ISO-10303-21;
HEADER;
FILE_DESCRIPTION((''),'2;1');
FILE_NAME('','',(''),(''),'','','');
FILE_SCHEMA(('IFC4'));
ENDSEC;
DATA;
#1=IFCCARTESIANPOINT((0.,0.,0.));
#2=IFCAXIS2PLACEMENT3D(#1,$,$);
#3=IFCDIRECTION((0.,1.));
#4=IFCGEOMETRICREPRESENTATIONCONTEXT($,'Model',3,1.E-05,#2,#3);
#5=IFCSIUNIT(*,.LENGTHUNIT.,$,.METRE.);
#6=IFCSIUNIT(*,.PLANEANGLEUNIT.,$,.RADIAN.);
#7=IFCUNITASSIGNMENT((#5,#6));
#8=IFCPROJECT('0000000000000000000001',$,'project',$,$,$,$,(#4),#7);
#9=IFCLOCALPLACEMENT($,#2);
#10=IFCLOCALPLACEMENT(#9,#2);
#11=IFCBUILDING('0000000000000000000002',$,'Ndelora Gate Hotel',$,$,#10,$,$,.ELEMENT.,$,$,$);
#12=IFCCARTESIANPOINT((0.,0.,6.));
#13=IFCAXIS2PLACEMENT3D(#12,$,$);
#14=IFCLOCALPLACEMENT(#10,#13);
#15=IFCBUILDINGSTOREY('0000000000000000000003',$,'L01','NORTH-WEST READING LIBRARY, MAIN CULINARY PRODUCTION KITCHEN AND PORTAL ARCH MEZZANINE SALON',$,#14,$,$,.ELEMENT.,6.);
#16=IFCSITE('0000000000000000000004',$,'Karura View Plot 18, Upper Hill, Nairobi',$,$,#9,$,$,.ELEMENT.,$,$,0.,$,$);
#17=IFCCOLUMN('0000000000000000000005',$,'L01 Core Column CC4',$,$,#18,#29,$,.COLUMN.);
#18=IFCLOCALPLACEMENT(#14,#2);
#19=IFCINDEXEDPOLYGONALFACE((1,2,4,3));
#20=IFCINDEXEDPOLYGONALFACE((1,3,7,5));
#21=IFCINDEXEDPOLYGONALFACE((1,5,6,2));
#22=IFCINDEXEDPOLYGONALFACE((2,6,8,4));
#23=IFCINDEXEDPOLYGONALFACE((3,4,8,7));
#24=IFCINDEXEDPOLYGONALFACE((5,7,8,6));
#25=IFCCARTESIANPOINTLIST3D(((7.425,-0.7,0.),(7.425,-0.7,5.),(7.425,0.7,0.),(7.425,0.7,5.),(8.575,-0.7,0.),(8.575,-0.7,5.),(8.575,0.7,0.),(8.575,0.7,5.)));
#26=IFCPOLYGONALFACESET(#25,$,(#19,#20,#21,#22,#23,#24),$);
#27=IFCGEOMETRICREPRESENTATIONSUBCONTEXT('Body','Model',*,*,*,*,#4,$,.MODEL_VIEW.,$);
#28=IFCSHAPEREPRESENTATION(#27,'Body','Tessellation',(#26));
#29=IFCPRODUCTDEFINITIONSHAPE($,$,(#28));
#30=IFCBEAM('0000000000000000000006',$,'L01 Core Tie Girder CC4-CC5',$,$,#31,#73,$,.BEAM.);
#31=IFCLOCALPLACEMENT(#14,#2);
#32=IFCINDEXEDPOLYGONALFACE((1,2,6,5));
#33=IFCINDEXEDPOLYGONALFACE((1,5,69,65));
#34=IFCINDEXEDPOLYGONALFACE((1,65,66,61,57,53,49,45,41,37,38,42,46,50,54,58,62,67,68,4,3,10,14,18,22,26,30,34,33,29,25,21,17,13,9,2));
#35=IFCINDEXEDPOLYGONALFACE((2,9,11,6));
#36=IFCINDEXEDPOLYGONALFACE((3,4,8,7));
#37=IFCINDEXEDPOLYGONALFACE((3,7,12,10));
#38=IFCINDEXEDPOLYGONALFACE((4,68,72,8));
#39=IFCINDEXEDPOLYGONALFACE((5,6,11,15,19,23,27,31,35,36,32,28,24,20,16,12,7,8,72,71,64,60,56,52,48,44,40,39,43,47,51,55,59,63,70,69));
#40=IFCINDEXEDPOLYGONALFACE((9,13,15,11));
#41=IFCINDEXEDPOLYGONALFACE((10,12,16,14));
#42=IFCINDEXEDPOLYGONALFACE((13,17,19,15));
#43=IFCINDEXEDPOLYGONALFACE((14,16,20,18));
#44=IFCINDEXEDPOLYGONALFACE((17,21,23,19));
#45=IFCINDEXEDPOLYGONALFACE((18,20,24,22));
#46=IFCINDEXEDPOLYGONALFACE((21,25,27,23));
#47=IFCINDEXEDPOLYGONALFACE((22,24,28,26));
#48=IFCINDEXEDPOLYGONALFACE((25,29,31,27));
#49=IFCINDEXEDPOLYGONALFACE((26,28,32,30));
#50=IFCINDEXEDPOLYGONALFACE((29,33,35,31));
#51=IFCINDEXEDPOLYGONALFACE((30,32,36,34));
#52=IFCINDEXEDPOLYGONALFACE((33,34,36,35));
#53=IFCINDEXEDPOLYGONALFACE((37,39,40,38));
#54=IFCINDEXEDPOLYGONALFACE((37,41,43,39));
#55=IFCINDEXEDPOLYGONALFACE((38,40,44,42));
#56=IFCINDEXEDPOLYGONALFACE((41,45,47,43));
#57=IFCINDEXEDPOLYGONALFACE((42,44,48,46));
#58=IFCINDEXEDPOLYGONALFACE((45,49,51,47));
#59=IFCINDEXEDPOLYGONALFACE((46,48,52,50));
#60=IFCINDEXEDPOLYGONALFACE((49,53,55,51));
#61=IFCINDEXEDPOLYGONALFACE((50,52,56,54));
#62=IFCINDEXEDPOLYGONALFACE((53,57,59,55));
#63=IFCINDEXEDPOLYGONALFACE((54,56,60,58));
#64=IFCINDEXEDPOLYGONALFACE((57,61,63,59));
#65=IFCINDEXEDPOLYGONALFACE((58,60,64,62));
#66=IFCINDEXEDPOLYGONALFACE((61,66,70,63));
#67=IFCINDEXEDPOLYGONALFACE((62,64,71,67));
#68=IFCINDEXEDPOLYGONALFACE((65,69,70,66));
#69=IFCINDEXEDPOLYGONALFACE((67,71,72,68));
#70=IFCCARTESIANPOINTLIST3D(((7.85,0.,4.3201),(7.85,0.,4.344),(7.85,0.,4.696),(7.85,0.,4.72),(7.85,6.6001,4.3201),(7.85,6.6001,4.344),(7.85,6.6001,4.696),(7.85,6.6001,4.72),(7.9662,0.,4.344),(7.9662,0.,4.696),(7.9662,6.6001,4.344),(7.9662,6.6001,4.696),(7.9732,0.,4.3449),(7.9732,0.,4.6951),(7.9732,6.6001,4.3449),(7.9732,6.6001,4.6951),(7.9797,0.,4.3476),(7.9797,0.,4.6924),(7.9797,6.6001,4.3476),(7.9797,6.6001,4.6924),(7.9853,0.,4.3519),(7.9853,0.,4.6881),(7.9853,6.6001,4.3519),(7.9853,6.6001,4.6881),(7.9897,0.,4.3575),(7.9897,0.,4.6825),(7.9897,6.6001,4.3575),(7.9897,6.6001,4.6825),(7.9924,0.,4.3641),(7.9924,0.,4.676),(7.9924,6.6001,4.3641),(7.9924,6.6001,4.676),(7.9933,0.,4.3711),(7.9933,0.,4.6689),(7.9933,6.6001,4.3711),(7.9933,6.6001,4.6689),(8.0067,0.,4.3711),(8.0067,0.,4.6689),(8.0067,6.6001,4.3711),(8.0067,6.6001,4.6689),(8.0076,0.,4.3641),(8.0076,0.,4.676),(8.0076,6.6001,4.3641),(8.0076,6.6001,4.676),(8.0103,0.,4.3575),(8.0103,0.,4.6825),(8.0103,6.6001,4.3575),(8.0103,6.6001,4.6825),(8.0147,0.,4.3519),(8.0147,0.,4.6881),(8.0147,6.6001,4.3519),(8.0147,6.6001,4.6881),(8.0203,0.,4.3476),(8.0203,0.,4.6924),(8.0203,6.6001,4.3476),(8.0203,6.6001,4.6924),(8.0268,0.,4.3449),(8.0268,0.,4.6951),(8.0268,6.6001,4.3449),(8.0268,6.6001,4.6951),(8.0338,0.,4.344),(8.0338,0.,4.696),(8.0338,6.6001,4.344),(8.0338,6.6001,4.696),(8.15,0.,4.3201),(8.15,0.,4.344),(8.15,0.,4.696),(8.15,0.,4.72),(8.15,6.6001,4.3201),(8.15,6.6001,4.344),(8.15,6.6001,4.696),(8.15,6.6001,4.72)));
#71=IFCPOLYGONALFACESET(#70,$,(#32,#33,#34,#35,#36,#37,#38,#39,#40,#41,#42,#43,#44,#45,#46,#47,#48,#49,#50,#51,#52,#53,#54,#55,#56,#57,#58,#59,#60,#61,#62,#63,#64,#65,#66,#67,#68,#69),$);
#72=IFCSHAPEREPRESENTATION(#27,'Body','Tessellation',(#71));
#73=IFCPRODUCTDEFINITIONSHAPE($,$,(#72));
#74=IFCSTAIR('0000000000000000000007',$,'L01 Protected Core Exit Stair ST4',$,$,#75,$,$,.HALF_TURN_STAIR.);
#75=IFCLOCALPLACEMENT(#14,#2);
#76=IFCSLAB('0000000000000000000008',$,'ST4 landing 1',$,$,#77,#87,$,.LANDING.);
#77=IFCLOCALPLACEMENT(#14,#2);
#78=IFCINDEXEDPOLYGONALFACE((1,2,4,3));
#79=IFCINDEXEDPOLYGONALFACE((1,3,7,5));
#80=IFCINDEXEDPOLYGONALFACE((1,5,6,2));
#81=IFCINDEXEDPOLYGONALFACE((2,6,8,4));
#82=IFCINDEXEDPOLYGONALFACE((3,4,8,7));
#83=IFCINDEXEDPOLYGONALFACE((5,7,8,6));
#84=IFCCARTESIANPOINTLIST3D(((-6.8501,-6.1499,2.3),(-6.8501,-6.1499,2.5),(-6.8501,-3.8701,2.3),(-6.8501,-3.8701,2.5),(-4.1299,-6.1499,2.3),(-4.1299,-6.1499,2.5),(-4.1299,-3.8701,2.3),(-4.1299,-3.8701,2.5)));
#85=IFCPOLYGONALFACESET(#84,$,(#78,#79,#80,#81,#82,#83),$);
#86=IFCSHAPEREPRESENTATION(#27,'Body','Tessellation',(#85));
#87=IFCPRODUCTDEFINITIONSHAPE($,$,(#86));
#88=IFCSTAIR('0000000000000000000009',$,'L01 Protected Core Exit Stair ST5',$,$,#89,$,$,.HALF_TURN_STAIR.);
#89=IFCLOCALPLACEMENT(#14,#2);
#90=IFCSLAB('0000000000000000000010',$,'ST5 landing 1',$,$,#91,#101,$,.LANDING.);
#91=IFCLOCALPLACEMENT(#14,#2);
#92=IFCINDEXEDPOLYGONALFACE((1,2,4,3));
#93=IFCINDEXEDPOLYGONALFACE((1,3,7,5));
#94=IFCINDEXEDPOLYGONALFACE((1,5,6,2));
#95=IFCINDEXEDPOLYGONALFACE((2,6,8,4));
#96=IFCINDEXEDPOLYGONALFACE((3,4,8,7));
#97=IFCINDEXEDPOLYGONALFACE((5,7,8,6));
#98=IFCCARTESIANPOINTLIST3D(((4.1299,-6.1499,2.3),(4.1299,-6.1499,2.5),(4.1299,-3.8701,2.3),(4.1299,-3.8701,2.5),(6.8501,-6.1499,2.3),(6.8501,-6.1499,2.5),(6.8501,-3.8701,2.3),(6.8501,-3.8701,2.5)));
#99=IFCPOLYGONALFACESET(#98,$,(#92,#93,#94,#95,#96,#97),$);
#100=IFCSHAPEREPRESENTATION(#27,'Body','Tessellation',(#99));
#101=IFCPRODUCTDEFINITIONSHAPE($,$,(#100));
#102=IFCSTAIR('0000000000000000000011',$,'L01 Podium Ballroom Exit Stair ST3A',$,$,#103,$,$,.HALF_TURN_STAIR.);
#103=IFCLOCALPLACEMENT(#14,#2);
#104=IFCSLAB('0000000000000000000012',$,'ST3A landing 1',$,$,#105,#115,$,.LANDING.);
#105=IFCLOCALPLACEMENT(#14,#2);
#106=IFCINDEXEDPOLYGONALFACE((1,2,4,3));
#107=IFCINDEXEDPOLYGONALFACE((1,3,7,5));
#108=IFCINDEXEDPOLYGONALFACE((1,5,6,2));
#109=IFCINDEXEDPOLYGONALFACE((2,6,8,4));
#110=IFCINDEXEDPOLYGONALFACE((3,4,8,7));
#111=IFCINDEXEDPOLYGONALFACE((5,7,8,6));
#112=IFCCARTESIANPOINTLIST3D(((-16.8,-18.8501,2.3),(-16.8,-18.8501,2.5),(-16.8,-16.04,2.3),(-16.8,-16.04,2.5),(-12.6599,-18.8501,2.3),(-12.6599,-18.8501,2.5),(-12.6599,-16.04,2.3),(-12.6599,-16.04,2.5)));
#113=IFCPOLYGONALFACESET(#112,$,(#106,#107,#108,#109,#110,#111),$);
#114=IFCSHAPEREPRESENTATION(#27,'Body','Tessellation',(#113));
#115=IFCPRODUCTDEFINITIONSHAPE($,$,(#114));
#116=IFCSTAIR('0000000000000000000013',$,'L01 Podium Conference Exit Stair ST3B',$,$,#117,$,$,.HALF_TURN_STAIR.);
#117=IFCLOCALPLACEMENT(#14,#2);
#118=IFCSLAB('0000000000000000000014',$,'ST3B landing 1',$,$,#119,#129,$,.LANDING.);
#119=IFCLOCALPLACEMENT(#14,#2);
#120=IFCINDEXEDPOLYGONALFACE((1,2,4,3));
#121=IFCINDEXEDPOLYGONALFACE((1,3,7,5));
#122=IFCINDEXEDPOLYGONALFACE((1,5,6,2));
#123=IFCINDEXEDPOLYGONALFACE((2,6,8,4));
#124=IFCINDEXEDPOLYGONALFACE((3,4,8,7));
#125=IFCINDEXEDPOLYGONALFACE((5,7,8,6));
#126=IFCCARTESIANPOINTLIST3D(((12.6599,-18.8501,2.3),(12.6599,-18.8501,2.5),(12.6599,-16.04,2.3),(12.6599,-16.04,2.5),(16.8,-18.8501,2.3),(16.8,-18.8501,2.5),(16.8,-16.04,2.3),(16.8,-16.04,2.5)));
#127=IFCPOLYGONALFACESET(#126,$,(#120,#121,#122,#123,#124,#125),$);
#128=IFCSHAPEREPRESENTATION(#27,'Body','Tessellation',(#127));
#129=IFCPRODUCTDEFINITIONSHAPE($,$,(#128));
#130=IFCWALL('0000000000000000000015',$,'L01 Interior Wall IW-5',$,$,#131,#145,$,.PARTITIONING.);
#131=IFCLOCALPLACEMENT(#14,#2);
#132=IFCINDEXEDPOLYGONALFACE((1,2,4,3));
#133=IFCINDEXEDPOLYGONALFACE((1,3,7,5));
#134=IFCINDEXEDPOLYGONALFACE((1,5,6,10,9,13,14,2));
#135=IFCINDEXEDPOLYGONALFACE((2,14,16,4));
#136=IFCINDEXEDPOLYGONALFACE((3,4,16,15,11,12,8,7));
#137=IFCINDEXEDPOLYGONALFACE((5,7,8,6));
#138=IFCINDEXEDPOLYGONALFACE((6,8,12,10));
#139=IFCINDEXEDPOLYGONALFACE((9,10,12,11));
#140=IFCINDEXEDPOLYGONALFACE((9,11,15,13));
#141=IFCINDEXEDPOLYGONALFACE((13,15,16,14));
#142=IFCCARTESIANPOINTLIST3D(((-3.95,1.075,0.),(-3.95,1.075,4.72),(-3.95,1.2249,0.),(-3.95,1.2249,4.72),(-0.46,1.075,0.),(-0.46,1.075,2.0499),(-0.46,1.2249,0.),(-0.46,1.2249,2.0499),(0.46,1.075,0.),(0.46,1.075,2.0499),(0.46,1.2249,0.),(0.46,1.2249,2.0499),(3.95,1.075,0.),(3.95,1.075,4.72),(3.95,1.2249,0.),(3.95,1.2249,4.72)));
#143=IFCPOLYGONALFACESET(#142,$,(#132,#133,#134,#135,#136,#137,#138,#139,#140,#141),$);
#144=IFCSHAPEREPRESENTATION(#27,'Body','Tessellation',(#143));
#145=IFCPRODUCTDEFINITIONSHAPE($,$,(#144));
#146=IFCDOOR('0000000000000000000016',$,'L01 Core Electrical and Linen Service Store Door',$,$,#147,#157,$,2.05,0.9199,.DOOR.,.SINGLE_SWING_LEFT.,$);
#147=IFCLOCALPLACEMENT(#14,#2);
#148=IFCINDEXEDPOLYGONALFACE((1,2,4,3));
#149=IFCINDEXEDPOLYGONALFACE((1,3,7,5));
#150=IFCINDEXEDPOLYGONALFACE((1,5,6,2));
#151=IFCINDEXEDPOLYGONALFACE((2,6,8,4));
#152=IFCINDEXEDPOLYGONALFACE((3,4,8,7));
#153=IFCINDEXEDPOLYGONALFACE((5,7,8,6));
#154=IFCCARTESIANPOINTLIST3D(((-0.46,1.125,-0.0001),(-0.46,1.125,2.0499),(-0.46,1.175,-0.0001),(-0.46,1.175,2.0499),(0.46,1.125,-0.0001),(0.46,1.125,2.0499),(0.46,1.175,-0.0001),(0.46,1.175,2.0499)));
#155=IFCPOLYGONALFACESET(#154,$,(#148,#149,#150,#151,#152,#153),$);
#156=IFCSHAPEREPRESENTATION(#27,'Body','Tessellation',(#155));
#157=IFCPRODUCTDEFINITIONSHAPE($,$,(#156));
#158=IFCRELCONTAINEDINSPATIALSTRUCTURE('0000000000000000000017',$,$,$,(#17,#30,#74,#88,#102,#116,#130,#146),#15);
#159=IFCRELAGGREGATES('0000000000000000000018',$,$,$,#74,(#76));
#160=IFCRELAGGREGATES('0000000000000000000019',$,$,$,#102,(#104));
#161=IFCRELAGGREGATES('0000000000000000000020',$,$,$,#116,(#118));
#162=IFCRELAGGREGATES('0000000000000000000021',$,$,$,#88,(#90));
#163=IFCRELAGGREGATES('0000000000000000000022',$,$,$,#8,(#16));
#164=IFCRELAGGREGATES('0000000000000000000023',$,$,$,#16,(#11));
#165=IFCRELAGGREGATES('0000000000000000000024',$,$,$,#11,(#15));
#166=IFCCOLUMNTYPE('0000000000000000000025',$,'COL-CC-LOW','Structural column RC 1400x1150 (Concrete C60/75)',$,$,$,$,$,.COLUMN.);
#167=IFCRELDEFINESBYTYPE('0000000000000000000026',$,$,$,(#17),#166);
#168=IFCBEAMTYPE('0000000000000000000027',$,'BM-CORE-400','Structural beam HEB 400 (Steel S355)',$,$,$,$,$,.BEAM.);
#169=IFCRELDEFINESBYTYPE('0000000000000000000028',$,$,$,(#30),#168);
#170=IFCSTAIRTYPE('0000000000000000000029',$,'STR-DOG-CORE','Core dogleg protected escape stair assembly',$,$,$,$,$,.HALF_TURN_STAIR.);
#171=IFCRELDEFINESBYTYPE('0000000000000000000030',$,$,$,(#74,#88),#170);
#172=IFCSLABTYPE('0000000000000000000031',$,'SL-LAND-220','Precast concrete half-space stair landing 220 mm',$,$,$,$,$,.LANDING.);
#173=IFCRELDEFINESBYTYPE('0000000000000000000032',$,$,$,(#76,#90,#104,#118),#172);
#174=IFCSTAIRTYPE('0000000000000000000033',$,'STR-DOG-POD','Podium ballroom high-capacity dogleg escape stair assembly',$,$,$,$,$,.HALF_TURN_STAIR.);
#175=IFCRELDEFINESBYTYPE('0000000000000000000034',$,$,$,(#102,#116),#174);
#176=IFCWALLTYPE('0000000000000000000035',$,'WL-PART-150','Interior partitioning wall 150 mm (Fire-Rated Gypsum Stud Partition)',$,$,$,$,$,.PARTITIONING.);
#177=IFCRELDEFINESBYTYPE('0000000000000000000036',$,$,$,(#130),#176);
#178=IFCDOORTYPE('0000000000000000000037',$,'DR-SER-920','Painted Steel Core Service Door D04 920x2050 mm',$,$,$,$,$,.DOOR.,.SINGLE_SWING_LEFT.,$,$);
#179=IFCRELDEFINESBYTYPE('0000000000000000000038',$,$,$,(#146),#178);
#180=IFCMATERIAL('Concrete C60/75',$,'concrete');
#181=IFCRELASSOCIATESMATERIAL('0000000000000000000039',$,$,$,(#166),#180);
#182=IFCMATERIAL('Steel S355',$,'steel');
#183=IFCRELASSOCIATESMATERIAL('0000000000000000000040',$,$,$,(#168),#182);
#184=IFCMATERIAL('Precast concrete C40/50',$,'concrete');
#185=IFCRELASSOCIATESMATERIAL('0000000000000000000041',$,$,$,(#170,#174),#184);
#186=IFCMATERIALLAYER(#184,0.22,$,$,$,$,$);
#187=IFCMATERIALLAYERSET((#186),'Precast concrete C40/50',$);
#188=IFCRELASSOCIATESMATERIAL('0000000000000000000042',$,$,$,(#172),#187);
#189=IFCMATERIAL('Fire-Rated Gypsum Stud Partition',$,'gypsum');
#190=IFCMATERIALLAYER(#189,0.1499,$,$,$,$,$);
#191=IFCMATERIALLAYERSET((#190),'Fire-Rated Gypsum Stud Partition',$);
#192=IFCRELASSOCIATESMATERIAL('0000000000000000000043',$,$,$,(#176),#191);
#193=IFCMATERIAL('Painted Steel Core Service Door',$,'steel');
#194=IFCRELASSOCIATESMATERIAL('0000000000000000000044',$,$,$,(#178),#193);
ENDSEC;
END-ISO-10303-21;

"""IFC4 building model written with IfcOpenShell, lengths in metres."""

from ifc_helpers import new_model, si_unit, direction, frame, frame_2d, origin, origin_2d, place, context, subcontext, project, spatial, polyline, rectangle, i_section, outline, extrude, material, layer, layer_set, material_profile, profile_set, type_object, element, fill, aggregate, save


model = new_model("IFC4")

# Units and contexts
model_context = context("Model", 3, precision=1e-05, world=origin(), true_north=direction((0.0, 1.0)))
body_context = subcontext(model_context, "Body", "Model", "MODEL_VIEW")
ifc_project = project(units=[si_unit("LENGTHUNIT", "METRE"), si_unit("PLANEANGLEUNIT", "RADIAN")], contexts=[model_context])

# Site, building, storey
site_placement = place(None, origin())
site = spatial("IfcSite", under=ifc_project, at=site_placement, Name="Karura View Plot 18, Upper Hill, Nairobi", CompositionType="ELEMENT", RefElevation=0.0)
building_placement = place(site_placement, origin())
building = spatial("IfcBuilding", under=site, at=building_placement, Name="Ndelora Gate Hotel", CompositionType="ELEMENT")
storey_placement = place(building_placement, frame((0.0, 0.0, 6.0)))
storey = spatial("IfcBuildingStorey", under=building, at=storey_placement, Name="L01", Description="NORTH-WEST READING LIBRARY, MAIN CULINARY PRODUCTION KITCHEN AND PORTAL ARCH MEZZANINE SALON", CompositionType="ELEMENT", Elevation=6.0)

# Column
ifc_material_1 = material(Name="Concrete C60/75", Category="concrete")
ifc_material_profile_1 = material_profile(ifc_material_1, rectangle(XDim=1.1499, YDim=1.3999, at=origin_2d()), Name="RC 1400x1150")
ifc_profile_set_1 = profile_set([ifc_material_profile_1], Name="Concrete C60/75")
column_type = type_object("IfcColumnType", Name="COL-CC-LOW", Description="Structural column RC 1400x1150 (Concrete C60/75)", PredefinedType="COLUMN", material=ifc_profile_set_1)
column_placement = place(storey_placement, frame((8.0, 0.0, 0.0), z_axis=(0.0, 0.0, 1.0), x_axis=(1.0, 0.0, 0.0)))
element("IfcColumn", 1, at=column_placement, inside=storey, type_object=column_type, Name="L01 Core Column CC4", PredefinedType="COLUMN", context=body_context, shape_type="SweptSolid", body=[
    extrude(rectangle(XDim=1.1499, YDim=1.3999, at=origin_2d()), origin(), (0.0, 0.0, 1.0), 5.0),
])

# Beam
ifc_material_2 = material(Name="Steel S355", Category="steel")
ifc_material_profile_2 = material_profile(ifc_material_2, i_section(OverallWidth=0.3, OverallDepth=0.3999, WebThickness=0.0134, FlangeThickness=0.0239, FilletRadius=0.0271, at=origin_2d()), Name="HEB 400")
ifc_profile_set_2 = profile_set([ifc_material_profile_2], Name="Steel S355")
beam_type = type_object("IfcBeamType", Name="BM-CORE-400", Description="Structural beam HEB 400 (Steel S355)", PredefinedType="BEAM", material=ifc_profile_set_2)
beam_placement = place(storey_placement, frame((8.0, 0.0, 4.52), z_axis=(0.0, 1.0, 0.0), x_axis=(-1.0, 0.0, 0.0)))
element("IfcBeam", 2, at=beam_placement, inside=storey, type_object=beam_type, Name="L01 Core Tie Girder CC4-CC5", PredefinedType="BEAM", context=body_context, shape_type="SweptSolid", body=[
    extrude(i_section(OverallWidth=0.3, OverallDepth=0.3999, WebThickness=0.0134, FlangeThickness=0.0239, FilletRadius=0.0271, at=origin_2d()), origin(), (0.0, 0.0, 1.0), 6.6001),
])

# Stairs, slabs
ifc_material_3 = material(Name="Precast concrete C40/50", Category="concrete")
stair_type_1 = type_object("IfcStairType", Name="STR-DOG-CORE", Description="Core dogleg protected escape stair assembly", PredefinedType="HALF_TURN_STAIR", material=ifc_material_3)
stair_1_placement = place(storey_placement, origin())
stair_1 = element("IfcStair", 3, at=stair_1_placement, inside=storey, type_object=stair_type_1, Name="L01 Protected Core Exit Stair ST4", PredefinedType="HALF_TURN_STAIR")
ifc_layer_1 = layer(ifc_material_3, 0.22)
ifc_layer_set_1 = layer_set([ifc_layer_1], Name="Precast concrete C40/50")
slab_type = type_object("IfcSlabType", Name="SL-LAND-220", Description="Precast concrete half-space stair landing 220 mm", PredefinedType="LANDING", material=ifc_layer_set_1)
slab_1_placement = place(storey_placement, frame((0.0, 0.0, 2.3)))
slab_1 = element("IfcSlab", 4, at=slab_1_placement, type_object=slab_type, Name="ST4 landing 1", PredefinedType="LANDING", context=body_context, shape_type="SweptSolid", body=[
    extrude(outline(polyline([(-6.8501, -3.8701), (-6.8501, -6.1499), (-4.1299, -6.1499), (-4.1299, -3.8701), (-6.8501, -3.8701)])), origin(), (0.0, 0.0, 1.0), 0.2),
])
aggregate(stair_1, [slab_1])
stair_2_placement = place(storey_placement, origin())
stair_2 = element("IfcStair", 5, at=stair_2_placement, inside=storey, type_object=stair_type_1, Name="L01 Protected Core Exit Stair ST5", PredefinedType="HALF_TURN_STAIR")
slab_2_placement = place(storey_placement, frame((0.0, 0.0, 2.3)))
slab_2 = element("IfcSlab", 6, at=slab_2_placement, type_object=slab_type, Name="ST5 landing 1", PredefinedType="LANDING", context=body_context, shape_type="SweptSolid", body=[
    extrude(outline(polyline([(4.1299, -3.8701), (4.1299, -6.1499), (6.8501, -6.1499), (6.8501, -3.8701), (4.1299, -3.8701)])), origin(), (0.0, 0.0, 1.0), 0.2),
])
stair_type_2 = type_object("IfcStairType", Name="STR-DOG-POD", Description="Podium ballroom high-capacity dogleg escape stair assembly", PredefinedType="HALF_TURN_STAIR", material=ifc_material_3)
stair_3_placement = place(storey_placement, origin())
stair_3 = element("IfcStair", 7, at=stair_3_placement, inside=storey, type_object=stair_type_2, Name="L01 Podium Ballroom Exit Stair ST3A", PredefinedType="HALF_TURN_STAIR")
slab_3_placement = place(storey_placement, frame((0.0, 0.0, 2.3)))
slab_3 = element("IfcSlab", 8, at=slab_3_placement, type_object=slab_type, Name="ST3A landing 1", PredefinedType="LANDING", context=body_context, shape_type="SweptSolid", body=[
    extrude(outline(polyline([(-16.8, -16.04), (-16.8, -18.8501), (-12.6599, -18.8501), (-12.6599, -16.04), (-16.8, -16.04)])), origin(), (0.0, 0.0, 1.0), 0.2),
])
aggregate(stair_3, [slab_3])
stair_4_placement = place(storey_placement, origin())
stair_4 = element("IfcStair", 9, at=stair_4_placement, inside=storey, type_object=stair_type_2, Name="L01 Podium Conference Exit Stair ST3B", PredefinedType="HALF_TURN_STAIR")
slab_4_placement = place(storey_placement, frame((0.0, 0.0, 2.3)))
slab_4 = element("IfcSlab", 10, at=slab_4_placement, type_object=slab_type, Name="ST3B landing 1", PredefinedType="LANDING", context=body_context, shape_type="SweptSolid", body=[
    extrude(outline(polyline([(12.6599, -16.04), (12.6599, -18.8501), (16.8, -18.8501), (16.8, -16.04), (12.6599, -16.04)])), origin(), (0.0, 0.0, 1.0), 0.2),
])
aggregate(stair_4, [slab_4])

# Wall, opening, door
ifc_material_4 = material(Name="Fire-Rated Gypsum Stud Partition", Category="gypsum")
ifc_layer_2 = layer(ifc_material_4, 0.1499)
ifc_layer_set_2 = layer_set([ifc_layer_2], Name="Fire-Rated Gypsum Stud Partition")
wall_type_1 = type_object("IfcWallType", Name="WL-PART-150", Description="Interior partitioning wall 150 mm (Fire-Rated Gypsum Stud Partition)", PredefinedType="PARTITIONING", material=ifc_layer_set_2)
wall_1_placement = place(storey_placement, frame((3.95, 1.1499, 0.0), z_axis=(0.0, 0.0, 1.0), x_axis=(-1.0, 0.0, 0.0)))
wall_1 = element("IfcWall", 11, at=wall_1_placement, inside=storey, type_object=wall_type_1, Name="L01 Interior Wall IW-5", PredefinedType="PARTITIONING", context=body_context, shape_type="SweptSolid", body=[
    extrude(rectangle(XDim=7.8999, YDim=0.1499, at=frame_2d((3.95, 0.0))), origin(), (0.0, 0.0, 1.0), 4.72),
])
opening_1_placement = place(wall_1_placement, frame((3.49, 0.0, 0.0)))
opening_1 = element("IfcOpeningElement", 12, at=opening_1_placement, cuts=wall_1, PredefinedType="OPENING", context=body_context, shape_type="SweptSolid", body=[
    extrude(rectangle(XDim=0.9199, YDim=2.05, at=frame_2d((0.46, 1.0249))), frame((0.0, 0.085, 0.0), z_axis=(0.0, -1.0, 0.0), x_axis=(1.0, 0.0, 0.0)), (0.0, 0.0, 1.0), 0.1699),
])
ifc_material_5 = material(Name="Painted Steel Core Service Door", Category="steel")
door_type_1 = type_object("IfcDoorType", Name="DR-SER-920", Description="Painted Steel Core Service Door D04 920x2050 mm", OperationType="SINGLE_SWING_LEFT", PredefinedType="DOOR", material=ifc_material_5)
door_1_placement = place(opening_1_placement, origin())
door_1 = element("IfcDoor", 13, at=door_1_placement, inside=storey, type_object=door_type_1, Name="L01 Core Electrical and Linen Service Store Door", OperationType="SINGLE_SWING_LEFT", OverallHeight=2.05, OverallWidth=0.9199, PredefinedType="DOOR", context=body_context, shape_type="SweptSolid", body=[
    extrude(rectangle(XDim=0.9199, YDim=2.05, at=frame_2d((0.46, 1.0249))), frame((0.0, 0.0249, 0.0), z_axis=(0.0, -1.0, 0.0), x_axis=(1.0, 0.0, 0.0)), (0.0, 0.0, 1.0), 0.05),
])
fill(opening_1, door_1)

aggregate(stair_2, [slab_2])

save(model, "model.ifc")
